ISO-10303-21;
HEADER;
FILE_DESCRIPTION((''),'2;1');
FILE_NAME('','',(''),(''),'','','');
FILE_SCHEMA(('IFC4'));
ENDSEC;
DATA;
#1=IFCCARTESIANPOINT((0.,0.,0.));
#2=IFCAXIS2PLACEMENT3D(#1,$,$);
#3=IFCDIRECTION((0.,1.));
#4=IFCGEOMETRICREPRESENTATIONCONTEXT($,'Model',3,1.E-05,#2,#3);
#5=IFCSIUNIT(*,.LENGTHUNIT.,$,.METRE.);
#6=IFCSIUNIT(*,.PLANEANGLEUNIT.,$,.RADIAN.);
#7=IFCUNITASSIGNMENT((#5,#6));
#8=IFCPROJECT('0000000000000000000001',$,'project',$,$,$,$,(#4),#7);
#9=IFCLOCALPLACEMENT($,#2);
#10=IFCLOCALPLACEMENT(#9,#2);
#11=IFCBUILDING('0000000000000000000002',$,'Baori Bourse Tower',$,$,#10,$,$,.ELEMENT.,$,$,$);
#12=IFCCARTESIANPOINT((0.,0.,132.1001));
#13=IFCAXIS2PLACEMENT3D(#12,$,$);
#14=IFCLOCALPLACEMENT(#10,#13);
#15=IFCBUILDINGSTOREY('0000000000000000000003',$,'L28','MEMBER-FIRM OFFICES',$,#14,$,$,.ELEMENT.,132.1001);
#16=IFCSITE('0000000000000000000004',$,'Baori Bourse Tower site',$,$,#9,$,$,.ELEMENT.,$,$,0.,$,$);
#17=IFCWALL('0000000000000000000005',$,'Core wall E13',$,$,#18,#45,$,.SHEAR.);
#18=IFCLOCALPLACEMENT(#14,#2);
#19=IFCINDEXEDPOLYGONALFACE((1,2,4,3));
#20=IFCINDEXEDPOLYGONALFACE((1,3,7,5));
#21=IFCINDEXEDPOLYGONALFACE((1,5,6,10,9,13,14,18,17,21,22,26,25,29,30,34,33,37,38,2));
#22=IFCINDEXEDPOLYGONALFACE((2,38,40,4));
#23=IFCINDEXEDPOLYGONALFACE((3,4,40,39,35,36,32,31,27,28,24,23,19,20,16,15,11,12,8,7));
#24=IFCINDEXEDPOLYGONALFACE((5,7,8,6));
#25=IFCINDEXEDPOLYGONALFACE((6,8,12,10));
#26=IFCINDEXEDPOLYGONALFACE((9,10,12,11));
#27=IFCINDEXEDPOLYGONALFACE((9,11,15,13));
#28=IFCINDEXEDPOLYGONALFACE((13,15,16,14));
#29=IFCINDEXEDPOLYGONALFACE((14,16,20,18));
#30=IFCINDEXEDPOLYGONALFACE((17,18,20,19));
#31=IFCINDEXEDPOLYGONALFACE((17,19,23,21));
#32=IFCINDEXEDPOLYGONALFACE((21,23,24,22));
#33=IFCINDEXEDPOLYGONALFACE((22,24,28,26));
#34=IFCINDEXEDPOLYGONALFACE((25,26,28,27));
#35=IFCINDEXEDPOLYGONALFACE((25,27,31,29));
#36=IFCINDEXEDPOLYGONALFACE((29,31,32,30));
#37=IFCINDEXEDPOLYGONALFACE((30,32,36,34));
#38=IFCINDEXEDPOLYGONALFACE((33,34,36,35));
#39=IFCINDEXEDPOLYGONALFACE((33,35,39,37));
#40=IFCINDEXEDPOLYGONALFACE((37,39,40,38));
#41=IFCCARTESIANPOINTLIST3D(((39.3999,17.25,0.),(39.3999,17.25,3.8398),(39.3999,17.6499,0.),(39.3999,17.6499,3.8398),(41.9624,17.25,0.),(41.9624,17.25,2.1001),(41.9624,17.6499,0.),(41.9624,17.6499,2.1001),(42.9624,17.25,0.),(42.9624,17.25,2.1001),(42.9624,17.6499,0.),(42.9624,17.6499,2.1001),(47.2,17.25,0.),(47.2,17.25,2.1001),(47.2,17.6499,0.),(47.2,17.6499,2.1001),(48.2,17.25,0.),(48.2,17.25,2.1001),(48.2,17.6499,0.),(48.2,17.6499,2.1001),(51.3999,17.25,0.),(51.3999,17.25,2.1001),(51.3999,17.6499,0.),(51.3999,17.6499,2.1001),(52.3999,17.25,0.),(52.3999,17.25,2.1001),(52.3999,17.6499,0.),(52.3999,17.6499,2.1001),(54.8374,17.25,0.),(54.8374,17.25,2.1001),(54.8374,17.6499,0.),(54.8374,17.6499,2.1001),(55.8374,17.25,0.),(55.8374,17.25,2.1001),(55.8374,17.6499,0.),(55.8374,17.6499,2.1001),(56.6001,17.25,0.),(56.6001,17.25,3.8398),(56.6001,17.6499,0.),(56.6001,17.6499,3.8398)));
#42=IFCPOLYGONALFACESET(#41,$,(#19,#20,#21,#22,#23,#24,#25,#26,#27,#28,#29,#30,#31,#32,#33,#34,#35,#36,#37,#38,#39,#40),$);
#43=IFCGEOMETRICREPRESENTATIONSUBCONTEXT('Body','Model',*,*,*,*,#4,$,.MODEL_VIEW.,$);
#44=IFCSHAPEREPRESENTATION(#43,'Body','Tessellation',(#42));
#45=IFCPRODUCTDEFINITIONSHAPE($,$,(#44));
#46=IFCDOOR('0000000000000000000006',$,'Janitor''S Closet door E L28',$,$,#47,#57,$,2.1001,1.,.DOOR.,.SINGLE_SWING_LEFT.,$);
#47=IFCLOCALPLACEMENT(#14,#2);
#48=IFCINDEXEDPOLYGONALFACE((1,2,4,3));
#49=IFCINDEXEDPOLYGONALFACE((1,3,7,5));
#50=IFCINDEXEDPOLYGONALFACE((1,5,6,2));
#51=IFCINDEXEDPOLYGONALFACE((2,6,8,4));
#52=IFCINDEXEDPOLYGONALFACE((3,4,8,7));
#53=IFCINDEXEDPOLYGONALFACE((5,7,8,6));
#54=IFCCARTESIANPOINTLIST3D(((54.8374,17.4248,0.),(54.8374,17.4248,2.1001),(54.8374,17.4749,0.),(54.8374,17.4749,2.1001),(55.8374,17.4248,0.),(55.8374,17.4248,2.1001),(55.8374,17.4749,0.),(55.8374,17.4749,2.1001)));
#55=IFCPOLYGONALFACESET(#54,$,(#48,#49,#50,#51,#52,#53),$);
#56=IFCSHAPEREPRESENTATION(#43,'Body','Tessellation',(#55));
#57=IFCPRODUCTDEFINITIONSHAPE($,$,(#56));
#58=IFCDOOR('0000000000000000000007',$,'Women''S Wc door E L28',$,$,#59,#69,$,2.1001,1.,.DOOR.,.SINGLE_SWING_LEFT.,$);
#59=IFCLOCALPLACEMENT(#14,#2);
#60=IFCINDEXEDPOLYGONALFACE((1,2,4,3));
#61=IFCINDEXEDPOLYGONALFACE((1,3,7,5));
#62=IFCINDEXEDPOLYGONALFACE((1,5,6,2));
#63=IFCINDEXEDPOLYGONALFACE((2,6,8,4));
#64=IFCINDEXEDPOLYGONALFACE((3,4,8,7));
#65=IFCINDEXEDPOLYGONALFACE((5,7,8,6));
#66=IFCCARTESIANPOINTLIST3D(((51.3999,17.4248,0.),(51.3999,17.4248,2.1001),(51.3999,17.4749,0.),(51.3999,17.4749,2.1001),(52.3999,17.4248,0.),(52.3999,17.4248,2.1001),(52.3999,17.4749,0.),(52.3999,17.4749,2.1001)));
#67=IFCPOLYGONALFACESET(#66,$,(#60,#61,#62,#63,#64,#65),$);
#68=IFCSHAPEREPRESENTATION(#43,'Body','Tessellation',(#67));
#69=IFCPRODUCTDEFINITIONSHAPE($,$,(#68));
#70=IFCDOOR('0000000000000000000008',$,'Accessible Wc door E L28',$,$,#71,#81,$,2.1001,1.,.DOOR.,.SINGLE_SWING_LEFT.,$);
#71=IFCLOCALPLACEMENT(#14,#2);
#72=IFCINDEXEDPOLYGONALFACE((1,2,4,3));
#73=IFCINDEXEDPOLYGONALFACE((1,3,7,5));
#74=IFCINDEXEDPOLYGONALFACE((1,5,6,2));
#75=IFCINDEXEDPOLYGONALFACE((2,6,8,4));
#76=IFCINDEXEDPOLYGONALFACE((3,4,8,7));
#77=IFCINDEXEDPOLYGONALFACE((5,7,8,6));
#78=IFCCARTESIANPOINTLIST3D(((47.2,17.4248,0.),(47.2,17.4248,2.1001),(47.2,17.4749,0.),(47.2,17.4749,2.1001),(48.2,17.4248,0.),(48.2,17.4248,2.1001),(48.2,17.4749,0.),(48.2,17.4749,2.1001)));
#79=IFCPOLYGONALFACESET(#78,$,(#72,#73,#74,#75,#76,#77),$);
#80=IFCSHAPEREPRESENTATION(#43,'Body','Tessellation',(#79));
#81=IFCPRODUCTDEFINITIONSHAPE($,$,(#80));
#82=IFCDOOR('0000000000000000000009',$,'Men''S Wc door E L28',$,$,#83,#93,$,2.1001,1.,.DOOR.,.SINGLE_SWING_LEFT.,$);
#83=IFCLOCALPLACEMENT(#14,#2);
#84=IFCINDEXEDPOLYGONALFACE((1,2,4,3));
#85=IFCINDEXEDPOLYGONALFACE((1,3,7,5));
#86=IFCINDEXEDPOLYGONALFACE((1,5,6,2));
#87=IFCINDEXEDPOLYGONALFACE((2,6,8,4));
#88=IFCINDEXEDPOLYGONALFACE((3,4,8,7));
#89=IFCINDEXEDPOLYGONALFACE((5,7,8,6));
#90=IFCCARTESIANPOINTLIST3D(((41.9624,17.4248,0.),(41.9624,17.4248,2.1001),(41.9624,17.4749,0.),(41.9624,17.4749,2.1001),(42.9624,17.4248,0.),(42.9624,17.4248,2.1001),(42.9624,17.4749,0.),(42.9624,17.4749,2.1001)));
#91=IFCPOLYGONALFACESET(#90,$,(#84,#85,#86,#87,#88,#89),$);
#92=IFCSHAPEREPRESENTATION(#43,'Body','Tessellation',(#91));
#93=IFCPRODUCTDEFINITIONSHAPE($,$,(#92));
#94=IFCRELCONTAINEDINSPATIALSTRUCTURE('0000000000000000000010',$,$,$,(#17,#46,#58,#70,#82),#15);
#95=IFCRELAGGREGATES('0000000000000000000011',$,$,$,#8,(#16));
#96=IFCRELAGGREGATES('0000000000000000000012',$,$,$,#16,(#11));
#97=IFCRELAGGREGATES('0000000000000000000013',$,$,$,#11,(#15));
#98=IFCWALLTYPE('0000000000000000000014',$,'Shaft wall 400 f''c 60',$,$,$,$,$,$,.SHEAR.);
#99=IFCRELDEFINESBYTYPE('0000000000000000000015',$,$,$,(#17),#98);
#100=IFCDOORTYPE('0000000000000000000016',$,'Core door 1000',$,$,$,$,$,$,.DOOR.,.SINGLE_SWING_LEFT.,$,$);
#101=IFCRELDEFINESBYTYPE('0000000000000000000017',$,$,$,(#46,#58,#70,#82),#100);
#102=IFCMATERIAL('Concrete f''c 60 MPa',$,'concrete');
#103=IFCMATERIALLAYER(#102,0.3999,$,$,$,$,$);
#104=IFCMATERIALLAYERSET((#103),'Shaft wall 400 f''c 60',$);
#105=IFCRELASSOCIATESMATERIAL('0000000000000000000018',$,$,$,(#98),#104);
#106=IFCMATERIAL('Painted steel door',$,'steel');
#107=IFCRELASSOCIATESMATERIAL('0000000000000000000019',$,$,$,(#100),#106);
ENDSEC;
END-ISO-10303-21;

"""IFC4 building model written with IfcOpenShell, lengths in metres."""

from ifc_helpers import new_model, si_unit, direction, frame, frame_2d, origin, place, context, subcontext, project, spatial, rectangle, extrude, material, layer, layer_set, type_object, element, fill, save


model = new_model("IFC4")

# Units and contexts
model_context = context("Model", 3, precision=1e-05, world=origin(), true_north=direction((0.0, 1.0)))
body_context = subcontext(model_context, "Body", "Model", "MODEL_VIEW")
ifc_project = project(units=[si_unit("LENGTHUNIT", "METRE"), si_unit("PLANEANGLEUNIT", "RADIAN")], contexts=[model_context])

# Site, building, storey
site_placement = place(None, origin())
site = spatial("IfcSite", under=ifc_project, at=site_placement, Name="Baori Bourse Tower site", CompositionType="ELEMENT", RefElevation=0.0)
building_placement = place(site_placement, origin())
building = spatial("IfcBuilding", under=site, at=building_placement, Name="Baori Bourse Tower", CompositionType="ELEMENT")
storey_placement = place(building_placement, frame((0.0, 0.0, 132.1001)))
storey = spatial("IfcBuildingStorey", under=building, at=storey_placement, Name="L28", Description="MEMBER-FIRM OFFICES", CompositionType="ELEMENT", Elevation=132.1001)

# Shared definitions
ifc_material_1 = material(Name="Concrete f'c 60 MPa", Category="concrete")
ifc_layer_1 = layer(ifc_material_1, 0.3999)
ifc_layer_set_1 = layer_set([ifc_layer_1], Name="Shaft wall 400 f'c 60")
wall_type_1 = type_object("IfcWallType", Name="Shaft wall 400 f'c 60", PredefinedType="SHEAR", material=ifc_layer_set_1)

# Wall, openings, doors
wall_1_placement = place(storey_placement, frame((39.3999, 17.45, 0.0), z_axis=(0.0, 0.0, 1.0), x_axis=(1.0, 0.0, 0.0)))
wall_1 = element("IfcWall", 1, at=wall_1_placement, inside=storey, type_object=wall_type_1, Name="Core wall E13", PredefinedType="SHEAR", context=body_context, shape_type="SweptSolid", body=[
    extrude(rectangle(XDim=17.2002, YDim=0.3999, at=frame_2d((8.6001, 0.0))), origin(), (0.0, 0.0, 1.0), 3.8398),
])
opening_1_placement = place(wall_1_placement, frame((15.4375, 0.0, 0.0)))
opening_1 = element("IfcOpeningElement", 2, at=opening_1_placement, cuts=wall_1, PredefinedType="OPENING", context=body_context, shape_type="SweptSolid", body=[
    extrude(rectangle(XDim=1.0, YDim=2.1001, at=frame_2d((0.5, 1.05))), frame((0.0, 0.21, 0.0), z_axis=(0.0, -1.0, 0.0), x_axis=(1.0, 0.0, 0.0)), (0.0, 0.0, 1.0), 0.4199),
])
opening_2_placement = place(wall_1_placement, frame((12.0, 0.0, 0.0)))
opening_2 = element("IfcOpeningElement", 3, at=opening_2_placement, cuts=wall_1, PredefinedType="OPENING", context=body_context, shape_type="SweptSolid", body=[
    extrude(rectangle(XDim=1.0, YDim=2.1001, at=frame_2d((0.5, 1.05))), frame((0.0, 0.21, 0.0), z_axis=(0.0, -1.0, 0.0), x_axis=(1.0, 0.0, 0.0)), (0.0, 0.0, 1.0), 0.4199),
])
opening_3_placement = place(wall_1_placement, frame((7.8, 0.0, 0.0)))
opening_3 = element("IfcOpeningElement", 4, at=opening_3_placement, cuts=wall_1, PredefinedType="OPENING", context=body_context, shape_type="SweptSolid", body=[
    extrude(rectangle(XDim=1.0, YDim=2.1001, at=frame_2d((0.5, 1.05))), frame((0.0, 0.21, 0.0), z_axis=(0.0, -1.0, 0.0), x_axis=(1.0, 0.0, 0.0)), (0.0, 0.0, 1.0), 0.4199),
])
opening_4_placement = place(wall_1_placement, frame((2.5625, 0.0, 0.0)))
opening_4 = element("IfcOpeningElement", 5, at=opening_4_placement, cuts=wall_1, PredefinedType="OPENING", context=body_context, shape_type="SweptSolid", body=[
    extrude(rectangle(XDim=1.0, YDim=2.1001, at=frame_2d((0.5, 1.05))), frame((0.0, 0.21, 0.0), z_axis=(0.0, -1.0, 0.0), x_axis=(1.0, 0.0, 0.0)), (0.0, 0.0, 1.0), 0.4199),
])
ifc_material_2 = material(Name="Painted steel door", Category="steel")
door_type_1 = type_object("IfcDoorType", Name="Core door 1000", OperationType="SINGLE_SWING_LEFT", PredefinedType="DOOR", material=ifc_material_2)
door_1_placement = place(opening_1_placement, origin())
door_1 = element("IfcDoor", 6, at=door_1_placement, inside=storey, type_object=door_type_1, Name="Janitor'S Closet door E L28", OperationType="SINGLE_SWING_LEFT", OverallHeight=2.1001, OverallWidth=1.0, PredefinedType="DOOR", context=body_context, shape_type="SweptSolid", body=[
    extrude(rectangle(XDim=1.0, YDim=2.1001, at=frame_2d((0.5, 1.05))), frame((0.0, 0.0249, 0.0), z_axis=(0.0, -1.0, 0.0), x_axis=(1.0, 0.0, 0.0)), (0.0, 0.0, 1.0), 0.05),
])
fill(opening_1, door_1)
door_2_placement = place(opening_2_placement, origin())
door_2 = element("IfcDoor", 7, at=door_2_placement, inside=storey, type_object=door_type_1, Name="Women'S Wc door E L28", OperationType="SINGLE_SWING_LEFT", OverallHeight=2.1001, OverallWidth=1.0, PredefinedType="DOOR", context=body_context, shape_type="SweptSolid", body=[
    extrude(rectangle(XDim=1.0, YDim=2.1001, at=frame_2d((0.5, 1.05))), frame((0.0, 0.0249, 0.0), z_axis=(0.0, -1.0, 0.0), x_axis=(1.0, 0.0, 0.0)), (0.0, 0.0, 1.0), 0.05),
])
fill(opening_2, door_2)
door_3_placement = place(opening_3_placement, origin())
door_3 = element("IfcDoor", 8, at=door_3_placement, inside=storey, type_object=door_type_1, Name="Accessible Wc door E L28", OperationType="SINGLE_SWING_LEFT", OverallHeight=2.1001, OverallWidth=1.0, PredefinedType="DOOR", context=body_context, shape_type="SweptSolid", body=[
    extrude(rectangle(XDim=1.0, YDim=2.1001, at=frame_2d((0.5, 1.05))), frame((0.0, 0.0249, 0.0), z_axis=(0.0, -1.0, 0.0), x_axis=(1.0, 0.0, 0.0)), (0.0, 0.0, 1.0), 0.05),
])
fill(opening_3, door_3)
door_4_placement = place(opening_4_placement, origin())
door_4 = element("IfcDoor", 9, at=door_4_placement, inside=storey, type_object=door_type_1, Name="Men'S Wc door E L28", OperationType="SINGLE_SWING_LEFT", OverallHeight=2.1001, OverallWidth=1.0, PredefinedType="DOOR", context=body_context, shape_type="SweptSolid", body=[
    extrude(rectangle(XDim=1.0, YDim=2.1001, at=frame_2d((0.5, 1.05))), frame((0.0, 0.0249, 0.0), z_axis=(0.0, -1.0, 0.0), x_axis=(1.0, 0.0, 0.0)), (0.0, 0.0, 1.0), 0.05),
])
fill(opening_4, door_4)

save(model, "model.ifc")
